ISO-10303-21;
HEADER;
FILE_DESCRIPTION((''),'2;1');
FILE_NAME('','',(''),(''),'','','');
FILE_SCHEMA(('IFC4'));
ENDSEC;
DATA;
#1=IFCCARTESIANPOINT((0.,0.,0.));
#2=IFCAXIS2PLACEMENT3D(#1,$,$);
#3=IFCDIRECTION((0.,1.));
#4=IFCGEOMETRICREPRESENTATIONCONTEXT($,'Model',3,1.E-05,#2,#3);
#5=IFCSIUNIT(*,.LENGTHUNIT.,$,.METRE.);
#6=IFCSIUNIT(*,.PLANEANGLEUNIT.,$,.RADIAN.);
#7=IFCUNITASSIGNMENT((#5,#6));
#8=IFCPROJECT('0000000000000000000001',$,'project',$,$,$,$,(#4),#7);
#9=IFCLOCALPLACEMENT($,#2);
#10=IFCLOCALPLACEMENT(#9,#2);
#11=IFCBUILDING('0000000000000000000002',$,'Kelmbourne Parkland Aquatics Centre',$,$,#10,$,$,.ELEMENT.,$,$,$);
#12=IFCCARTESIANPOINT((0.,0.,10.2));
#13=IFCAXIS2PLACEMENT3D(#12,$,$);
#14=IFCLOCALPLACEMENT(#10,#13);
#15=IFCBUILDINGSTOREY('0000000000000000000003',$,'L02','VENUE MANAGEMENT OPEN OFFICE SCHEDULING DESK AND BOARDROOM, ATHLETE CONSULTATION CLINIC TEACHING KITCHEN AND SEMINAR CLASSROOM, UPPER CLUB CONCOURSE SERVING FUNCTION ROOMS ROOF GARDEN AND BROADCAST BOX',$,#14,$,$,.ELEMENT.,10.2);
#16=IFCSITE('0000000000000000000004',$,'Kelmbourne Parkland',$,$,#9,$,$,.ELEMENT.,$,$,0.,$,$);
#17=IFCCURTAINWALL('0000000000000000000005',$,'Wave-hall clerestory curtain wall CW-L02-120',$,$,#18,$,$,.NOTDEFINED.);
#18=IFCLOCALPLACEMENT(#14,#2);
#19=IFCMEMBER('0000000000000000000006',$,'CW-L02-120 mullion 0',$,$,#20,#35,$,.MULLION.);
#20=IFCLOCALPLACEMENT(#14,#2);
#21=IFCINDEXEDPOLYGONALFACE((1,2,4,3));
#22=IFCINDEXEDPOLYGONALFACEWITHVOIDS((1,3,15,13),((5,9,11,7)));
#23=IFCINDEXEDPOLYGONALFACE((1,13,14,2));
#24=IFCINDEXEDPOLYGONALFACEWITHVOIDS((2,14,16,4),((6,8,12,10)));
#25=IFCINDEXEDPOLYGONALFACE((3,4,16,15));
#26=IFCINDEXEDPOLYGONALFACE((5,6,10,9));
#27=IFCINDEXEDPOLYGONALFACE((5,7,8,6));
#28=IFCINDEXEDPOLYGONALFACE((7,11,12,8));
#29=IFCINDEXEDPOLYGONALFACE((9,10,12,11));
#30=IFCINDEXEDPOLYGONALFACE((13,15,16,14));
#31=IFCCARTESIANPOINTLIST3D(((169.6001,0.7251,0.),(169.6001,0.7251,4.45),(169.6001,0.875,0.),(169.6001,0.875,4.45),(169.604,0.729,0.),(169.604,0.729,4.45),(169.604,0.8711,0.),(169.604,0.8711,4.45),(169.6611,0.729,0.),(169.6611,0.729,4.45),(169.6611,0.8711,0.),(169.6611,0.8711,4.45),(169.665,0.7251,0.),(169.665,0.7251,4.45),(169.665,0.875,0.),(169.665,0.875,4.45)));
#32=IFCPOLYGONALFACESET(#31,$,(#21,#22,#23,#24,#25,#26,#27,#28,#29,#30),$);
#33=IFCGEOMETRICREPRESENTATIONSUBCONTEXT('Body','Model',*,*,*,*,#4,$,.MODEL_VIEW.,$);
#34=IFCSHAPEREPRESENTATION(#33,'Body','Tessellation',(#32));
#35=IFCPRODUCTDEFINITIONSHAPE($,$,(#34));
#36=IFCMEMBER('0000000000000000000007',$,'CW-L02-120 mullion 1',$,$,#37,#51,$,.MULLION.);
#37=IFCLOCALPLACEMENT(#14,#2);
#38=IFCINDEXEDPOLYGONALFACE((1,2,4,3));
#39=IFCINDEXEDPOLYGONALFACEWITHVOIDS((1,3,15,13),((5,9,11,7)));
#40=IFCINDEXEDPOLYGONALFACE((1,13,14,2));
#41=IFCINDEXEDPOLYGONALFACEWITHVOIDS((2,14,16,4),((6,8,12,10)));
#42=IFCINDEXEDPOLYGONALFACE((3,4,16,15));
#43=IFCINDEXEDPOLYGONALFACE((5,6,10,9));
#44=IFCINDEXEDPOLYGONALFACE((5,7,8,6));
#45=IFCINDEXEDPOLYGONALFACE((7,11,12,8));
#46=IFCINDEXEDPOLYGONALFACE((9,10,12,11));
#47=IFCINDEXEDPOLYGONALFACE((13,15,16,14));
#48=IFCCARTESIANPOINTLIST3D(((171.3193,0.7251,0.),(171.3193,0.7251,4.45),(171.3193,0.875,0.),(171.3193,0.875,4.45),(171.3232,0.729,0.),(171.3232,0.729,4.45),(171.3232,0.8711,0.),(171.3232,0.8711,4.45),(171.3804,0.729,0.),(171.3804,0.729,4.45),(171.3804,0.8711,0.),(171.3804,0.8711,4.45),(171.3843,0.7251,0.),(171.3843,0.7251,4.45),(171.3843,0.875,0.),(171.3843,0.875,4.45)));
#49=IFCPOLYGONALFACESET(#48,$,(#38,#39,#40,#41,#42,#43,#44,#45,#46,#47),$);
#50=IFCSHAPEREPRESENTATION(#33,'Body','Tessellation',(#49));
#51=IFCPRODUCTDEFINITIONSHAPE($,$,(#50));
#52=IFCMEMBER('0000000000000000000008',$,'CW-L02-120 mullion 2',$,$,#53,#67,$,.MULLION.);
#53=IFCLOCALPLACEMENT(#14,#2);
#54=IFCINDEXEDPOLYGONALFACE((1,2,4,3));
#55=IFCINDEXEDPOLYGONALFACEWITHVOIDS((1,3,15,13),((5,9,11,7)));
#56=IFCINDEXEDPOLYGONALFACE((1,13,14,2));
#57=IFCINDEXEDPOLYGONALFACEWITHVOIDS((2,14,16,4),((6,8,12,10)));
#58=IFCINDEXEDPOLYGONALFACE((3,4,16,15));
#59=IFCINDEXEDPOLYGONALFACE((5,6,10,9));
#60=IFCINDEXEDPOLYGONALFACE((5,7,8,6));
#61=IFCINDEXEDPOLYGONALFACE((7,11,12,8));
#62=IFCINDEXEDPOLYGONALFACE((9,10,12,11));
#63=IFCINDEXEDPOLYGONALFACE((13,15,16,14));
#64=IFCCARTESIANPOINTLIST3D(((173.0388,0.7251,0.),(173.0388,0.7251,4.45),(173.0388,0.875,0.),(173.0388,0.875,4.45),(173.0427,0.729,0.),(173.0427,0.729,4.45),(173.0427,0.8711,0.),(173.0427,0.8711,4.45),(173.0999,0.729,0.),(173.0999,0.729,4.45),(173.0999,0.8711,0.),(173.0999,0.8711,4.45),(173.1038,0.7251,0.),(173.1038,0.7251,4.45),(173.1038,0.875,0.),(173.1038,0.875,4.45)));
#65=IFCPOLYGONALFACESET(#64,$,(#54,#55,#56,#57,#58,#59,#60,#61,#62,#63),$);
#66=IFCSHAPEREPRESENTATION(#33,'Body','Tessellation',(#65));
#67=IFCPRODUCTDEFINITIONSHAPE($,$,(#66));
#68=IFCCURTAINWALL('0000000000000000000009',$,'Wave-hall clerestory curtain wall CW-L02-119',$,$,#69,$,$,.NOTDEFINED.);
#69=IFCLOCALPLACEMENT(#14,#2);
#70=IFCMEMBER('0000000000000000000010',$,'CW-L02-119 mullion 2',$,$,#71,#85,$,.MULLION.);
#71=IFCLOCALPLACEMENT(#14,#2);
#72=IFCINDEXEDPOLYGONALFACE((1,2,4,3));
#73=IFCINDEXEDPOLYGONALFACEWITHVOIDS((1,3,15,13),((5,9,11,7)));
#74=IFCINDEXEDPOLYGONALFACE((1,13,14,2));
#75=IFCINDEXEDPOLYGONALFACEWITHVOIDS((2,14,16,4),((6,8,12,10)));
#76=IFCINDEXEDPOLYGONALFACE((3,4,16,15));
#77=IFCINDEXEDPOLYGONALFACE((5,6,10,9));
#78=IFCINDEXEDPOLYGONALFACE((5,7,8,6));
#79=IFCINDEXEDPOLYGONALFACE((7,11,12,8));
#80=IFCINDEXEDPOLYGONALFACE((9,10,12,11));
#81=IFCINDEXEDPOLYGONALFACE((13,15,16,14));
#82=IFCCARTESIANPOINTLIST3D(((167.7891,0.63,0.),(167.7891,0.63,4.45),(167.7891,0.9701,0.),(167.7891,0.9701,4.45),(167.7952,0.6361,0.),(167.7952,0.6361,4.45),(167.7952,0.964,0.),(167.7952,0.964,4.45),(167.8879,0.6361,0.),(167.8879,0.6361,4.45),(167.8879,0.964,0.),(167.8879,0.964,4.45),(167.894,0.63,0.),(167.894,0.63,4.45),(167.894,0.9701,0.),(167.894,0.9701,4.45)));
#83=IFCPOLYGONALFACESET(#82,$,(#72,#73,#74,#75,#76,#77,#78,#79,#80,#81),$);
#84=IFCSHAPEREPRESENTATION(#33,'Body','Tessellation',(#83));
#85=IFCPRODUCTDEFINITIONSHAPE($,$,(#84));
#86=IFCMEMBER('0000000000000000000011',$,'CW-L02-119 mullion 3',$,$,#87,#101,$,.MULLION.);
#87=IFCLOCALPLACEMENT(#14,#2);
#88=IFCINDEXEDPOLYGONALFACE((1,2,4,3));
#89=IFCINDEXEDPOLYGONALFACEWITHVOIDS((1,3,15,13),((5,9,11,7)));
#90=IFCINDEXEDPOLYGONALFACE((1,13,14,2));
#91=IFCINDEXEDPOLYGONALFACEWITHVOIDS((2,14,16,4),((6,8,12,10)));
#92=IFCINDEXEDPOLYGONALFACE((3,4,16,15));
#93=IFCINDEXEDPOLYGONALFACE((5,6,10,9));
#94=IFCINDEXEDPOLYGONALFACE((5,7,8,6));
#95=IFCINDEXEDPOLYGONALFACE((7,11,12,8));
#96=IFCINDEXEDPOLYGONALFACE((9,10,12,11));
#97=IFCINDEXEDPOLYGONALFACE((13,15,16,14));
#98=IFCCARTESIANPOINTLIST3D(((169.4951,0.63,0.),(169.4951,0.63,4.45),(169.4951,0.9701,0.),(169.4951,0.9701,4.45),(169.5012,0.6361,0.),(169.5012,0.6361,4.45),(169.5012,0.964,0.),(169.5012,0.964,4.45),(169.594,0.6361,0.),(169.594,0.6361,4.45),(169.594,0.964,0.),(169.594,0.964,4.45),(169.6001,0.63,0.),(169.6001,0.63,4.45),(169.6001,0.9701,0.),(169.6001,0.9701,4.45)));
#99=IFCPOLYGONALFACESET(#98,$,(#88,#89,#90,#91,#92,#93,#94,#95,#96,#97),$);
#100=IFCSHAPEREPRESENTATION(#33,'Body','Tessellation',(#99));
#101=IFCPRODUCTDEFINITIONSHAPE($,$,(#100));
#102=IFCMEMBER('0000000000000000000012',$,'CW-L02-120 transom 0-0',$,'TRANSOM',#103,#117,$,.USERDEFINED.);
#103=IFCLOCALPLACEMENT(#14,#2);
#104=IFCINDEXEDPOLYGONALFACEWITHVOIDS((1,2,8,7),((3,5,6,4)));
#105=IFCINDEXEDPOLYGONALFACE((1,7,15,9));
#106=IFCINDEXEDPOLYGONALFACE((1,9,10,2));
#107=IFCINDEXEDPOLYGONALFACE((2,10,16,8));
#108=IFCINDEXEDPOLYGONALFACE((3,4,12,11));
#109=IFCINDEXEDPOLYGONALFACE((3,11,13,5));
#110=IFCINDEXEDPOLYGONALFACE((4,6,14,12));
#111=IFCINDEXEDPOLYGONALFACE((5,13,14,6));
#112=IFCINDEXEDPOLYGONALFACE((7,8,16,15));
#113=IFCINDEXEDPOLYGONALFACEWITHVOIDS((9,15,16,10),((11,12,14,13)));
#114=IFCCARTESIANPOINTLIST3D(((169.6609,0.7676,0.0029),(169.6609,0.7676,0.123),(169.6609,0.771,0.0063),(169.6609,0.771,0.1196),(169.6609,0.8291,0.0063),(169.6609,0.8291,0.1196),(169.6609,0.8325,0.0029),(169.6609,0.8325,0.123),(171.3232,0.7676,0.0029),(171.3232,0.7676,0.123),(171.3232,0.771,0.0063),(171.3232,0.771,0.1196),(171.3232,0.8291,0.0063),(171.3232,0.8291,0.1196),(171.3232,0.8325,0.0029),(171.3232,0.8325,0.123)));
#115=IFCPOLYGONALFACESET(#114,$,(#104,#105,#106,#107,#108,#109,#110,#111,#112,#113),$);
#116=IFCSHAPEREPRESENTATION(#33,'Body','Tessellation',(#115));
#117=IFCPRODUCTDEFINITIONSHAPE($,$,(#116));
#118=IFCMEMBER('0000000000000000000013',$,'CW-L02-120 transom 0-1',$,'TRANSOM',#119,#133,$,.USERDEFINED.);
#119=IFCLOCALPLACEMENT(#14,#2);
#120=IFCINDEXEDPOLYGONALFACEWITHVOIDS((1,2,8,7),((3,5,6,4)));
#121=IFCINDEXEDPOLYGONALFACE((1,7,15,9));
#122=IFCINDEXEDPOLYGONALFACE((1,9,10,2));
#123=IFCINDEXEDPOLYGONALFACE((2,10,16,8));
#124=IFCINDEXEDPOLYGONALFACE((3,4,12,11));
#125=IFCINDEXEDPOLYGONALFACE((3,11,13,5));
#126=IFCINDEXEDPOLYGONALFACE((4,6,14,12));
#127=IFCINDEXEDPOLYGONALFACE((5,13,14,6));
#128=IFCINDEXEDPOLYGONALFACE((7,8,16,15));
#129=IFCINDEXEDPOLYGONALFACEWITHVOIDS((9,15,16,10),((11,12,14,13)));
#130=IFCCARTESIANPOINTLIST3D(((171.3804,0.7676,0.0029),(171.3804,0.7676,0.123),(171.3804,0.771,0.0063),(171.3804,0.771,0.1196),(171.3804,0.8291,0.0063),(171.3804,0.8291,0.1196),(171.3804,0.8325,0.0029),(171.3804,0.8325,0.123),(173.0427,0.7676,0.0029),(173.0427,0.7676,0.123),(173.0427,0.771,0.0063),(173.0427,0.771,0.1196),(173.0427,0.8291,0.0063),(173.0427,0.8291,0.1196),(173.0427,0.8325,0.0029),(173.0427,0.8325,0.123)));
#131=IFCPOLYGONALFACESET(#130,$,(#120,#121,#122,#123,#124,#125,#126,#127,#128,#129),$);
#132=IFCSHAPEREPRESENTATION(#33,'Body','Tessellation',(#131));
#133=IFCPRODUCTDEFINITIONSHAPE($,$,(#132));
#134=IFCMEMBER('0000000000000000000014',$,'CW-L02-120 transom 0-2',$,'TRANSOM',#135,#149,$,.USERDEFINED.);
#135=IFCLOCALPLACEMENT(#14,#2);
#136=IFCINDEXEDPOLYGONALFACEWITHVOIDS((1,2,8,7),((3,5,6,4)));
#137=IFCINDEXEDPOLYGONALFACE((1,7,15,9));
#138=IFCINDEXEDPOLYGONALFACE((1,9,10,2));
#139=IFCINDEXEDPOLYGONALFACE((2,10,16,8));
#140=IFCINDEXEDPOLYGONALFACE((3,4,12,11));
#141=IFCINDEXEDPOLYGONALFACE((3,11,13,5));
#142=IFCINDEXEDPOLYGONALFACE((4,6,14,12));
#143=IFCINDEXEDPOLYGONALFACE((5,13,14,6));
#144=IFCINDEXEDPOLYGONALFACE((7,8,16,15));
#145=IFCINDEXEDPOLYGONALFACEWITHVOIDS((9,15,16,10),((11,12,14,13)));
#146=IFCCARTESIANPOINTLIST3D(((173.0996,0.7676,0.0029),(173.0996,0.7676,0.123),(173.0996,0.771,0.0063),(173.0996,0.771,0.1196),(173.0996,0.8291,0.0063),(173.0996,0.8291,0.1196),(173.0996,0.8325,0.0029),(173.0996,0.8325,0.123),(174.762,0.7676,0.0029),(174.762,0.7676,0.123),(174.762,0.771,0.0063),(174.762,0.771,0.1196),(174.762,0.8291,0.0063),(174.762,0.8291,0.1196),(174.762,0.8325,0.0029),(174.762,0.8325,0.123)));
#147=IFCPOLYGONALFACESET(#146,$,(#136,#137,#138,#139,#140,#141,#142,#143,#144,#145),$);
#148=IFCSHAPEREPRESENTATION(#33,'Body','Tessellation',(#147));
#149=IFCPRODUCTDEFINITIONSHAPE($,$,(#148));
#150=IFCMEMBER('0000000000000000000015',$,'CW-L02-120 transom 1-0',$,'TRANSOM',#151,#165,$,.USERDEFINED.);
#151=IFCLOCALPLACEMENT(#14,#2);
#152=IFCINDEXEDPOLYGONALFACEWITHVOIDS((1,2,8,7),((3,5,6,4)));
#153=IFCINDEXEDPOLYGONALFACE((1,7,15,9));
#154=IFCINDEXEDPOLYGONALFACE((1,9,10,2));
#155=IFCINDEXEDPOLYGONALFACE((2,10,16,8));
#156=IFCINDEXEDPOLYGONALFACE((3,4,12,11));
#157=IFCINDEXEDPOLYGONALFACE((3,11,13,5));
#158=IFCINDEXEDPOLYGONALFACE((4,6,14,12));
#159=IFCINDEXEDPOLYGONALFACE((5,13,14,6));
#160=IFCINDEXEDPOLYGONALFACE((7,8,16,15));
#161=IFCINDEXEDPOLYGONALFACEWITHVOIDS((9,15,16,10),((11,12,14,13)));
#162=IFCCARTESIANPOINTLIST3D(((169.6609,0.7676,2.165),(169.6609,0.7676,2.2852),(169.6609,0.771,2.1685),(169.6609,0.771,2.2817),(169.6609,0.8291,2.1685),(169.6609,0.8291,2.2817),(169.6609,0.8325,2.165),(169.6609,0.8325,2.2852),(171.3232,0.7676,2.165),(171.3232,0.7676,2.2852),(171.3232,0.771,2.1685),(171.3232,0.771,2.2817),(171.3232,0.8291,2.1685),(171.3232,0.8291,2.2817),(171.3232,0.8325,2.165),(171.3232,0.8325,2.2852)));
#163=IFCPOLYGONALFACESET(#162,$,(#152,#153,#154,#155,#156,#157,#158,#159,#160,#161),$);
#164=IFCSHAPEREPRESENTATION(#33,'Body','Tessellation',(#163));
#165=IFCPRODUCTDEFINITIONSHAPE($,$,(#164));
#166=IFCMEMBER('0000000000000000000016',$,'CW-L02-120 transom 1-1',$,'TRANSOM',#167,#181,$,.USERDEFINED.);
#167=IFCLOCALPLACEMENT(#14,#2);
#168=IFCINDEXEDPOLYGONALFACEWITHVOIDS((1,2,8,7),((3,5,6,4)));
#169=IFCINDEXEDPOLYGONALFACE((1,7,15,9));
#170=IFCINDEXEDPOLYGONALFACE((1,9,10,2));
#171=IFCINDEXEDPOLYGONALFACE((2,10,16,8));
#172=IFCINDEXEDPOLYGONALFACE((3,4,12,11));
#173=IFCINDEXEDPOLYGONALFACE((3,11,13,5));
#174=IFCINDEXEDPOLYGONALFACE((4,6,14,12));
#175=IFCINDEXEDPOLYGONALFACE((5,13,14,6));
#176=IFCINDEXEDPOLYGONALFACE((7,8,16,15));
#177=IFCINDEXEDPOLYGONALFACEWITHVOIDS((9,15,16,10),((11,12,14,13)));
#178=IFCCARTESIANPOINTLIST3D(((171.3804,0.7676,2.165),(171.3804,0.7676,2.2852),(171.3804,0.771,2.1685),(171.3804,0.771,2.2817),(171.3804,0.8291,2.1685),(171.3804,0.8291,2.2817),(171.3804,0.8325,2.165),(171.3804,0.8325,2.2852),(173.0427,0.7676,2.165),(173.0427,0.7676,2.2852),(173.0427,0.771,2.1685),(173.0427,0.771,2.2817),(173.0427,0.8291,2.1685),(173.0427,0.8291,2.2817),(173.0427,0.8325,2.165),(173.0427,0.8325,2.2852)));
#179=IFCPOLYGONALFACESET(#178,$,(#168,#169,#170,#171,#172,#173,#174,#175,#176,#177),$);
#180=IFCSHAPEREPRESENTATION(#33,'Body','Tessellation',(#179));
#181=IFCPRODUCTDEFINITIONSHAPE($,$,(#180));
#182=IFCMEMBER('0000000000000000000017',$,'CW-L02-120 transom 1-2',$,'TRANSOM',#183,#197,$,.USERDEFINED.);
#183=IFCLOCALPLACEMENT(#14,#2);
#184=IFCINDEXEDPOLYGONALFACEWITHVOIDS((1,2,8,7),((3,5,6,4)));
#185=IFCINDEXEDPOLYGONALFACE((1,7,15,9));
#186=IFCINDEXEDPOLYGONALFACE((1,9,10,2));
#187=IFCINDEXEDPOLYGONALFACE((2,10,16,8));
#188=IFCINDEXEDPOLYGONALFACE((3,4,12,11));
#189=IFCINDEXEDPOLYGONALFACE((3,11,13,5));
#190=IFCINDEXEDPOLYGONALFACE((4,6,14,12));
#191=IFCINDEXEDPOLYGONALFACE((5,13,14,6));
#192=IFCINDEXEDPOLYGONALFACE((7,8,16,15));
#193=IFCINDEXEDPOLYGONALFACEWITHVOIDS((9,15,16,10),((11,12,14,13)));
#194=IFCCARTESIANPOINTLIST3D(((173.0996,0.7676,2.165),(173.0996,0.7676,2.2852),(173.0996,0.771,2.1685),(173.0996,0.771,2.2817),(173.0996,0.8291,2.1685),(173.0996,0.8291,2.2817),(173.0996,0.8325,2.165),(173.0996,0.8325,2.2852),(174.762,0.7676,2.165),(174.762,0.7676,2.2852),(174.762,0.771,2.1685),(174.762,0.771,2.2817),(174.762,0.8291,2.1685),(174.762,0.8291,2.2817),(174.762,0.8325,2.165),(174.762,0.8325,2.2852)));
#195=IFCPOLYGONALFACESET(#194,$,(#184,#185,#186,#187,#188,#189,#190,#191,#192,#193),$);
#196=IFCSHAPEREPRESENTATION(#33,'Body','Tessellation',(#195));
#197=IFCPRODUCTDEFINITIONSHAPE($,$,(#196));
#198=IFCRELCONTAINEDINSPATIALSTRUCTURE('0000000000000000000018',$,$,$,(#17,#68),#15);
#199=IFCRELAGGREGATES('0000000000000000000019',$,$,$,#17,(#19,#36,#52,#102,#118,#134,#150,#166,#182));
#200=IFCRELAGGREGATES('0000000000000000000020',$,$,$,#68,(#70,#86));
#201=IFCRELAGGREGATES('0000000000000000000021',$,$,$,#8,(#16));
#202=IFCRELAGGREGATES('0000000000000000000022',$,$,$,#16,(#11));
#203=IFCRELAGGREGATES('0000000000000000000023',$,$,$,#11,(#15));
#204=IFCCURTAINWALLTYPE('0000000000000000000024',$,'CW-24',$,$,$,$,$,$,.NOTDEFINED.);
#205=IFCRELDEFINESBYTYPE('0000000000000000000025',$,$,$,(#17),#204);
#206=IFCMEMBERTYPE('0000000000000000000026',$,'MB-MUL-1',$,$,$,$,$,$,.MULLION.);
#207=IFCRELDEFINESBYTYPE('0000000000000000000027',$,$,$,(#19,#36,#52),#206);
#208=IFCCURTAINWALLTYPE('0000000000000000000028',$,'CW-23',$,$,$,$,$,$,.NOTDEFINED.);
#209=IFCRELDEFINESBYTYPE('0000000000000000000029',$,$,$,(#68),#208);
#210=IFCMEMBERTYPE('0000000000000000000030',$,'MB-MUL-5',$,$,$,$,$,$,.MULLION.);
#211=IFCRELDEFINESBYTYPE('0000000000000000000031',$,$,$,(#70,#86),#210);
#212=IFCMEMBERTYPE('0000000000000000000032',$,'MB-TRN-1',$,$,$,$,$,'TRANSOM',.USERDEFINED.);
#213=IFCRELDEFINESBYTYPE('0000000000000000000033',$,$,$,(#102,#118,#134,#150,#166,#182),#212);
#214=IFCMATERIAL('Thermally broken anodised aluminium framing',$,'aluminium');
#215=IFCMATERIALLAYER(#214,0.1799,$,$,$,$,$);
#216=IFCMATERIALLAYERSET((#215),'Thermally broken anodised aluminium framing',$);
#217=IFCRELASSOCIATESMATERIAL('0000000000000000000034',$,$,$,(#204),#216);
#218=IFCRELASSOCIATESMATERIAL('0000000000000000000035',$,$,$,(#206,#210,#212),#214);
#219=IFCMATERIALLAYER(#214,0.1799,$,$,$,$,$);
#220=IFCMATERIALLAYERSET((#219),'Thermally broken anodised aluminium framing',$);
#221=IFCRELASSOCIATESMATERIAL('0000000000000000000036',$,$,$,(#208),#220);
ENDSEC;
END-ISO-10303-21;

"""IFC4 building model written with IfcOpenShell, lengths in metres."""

from ifc_helpers import new_model, si_unit, direction, frame, origin, origin_2d, place, context, subcontext, project, spatial, hollow_rectangle, extrude, material, layer, layer_set, material_profile, profile_set, type_object, element, aggregate, save


model = new_model("IFC4")

# Units and contexts
model_context = context("Model", 3, precision=1e-05, world=origin(), true_north=direction((0.0, 1.0)))
body_context = subcontext(model_context, "Body", "Model", "MODEL_VIEW")
ifc_project = project(units=[si_unit("LENGTHUNIT", "METRE"), si_unit("PLANEANGLEUNIT", "RADIAN")], contexts=[model_context])

# Site, building, storey
site_placement = place(None, origin())
site = spatial("IfcSite", under=ifc_project, at=site_placement, Name="Kelmbourne Parkland", CompositionType="ELEMENT", RefElevation=0.0)
building_placement = place(site_placement, origin())
building = spatial("IfcBuilding", under=site, at=building_placement, Name="Kelmbourne Parkland Aquatics Centre", CompositionType="ELEMENT")
storey_placement = place(building_placement, frame((0.0, 0.0, 10.2)))
storey = spatial("IfcBuildingStorey", under=building, at=storey_placement, Name="L02", Description="VENUE MANAGEMENT OPEN OFFICE SCHEDULING DESK AND BOARDROOM, ATHLETE CONSULTATION CLINIC TEACHING KITCHEN AND SEMINAR CLASSROOM, UPPER CLUB CONCOURSE SERVING FUNCTION ROOMS ROOF GARDEN AND BROADCAST BOX", CompositionType="ELEMENT", Elevation=10.2)

# Curtain walls, members
ifc_material_1 = material(Name="Thermally broken anodised aluminium framing", Category="aluminium")
ifc_layer_1 = layer(ifc_material_1, 0.1799)
ifc_layer_set_1 = layer_set([ifc_layer_1], Name="Thermally broken anodised aluminium framing")
curtain_wall_type_1 = type_object("IfcCurtainWallType", Name="CW-24", PredefinedType="NOTDEFINED", material=ifc_layer_set_1)
curtain_wall_1_placement = place(storey_placement, origin())
curtain_wall_1 = element("IfcCurtainWall", 1, at=curtain_wall_1_placement, inside=storey, type_object=curtain_wall_type_1, Name="Wave-hall clerestory curtain wall CW-L02-120", PredefinedType="NOTDEFINED")
ifc_material_profile_1 = material_profile(ifc_material_1, hollow_rectangle(XDim=0.0649, YDim=0.1499, WallThickness=0.0039, at=origin_2d()), Name="CW-M 65x150")
ifc_profile_set_1 = profile_set([ifc_material_profile_1], Name="Thermally broken anodised aluminium framing")
member_type_1 = type_object("IfcMemberType", Name="MB-MUL-1", PredefinedType="MULLION", material=ifc_profile_set_1)
member_1_placement = place(storey_placement, frame((169.6326, 0.8, 0.0), z_axis=(0.0, 0.0, 1.0), x_axis=(1.0, 0.0, 0.0)))
member_1 = element("IfcMember", 2, at=member_1_placement, type_object=member_type_1, Name="CW-L02-120 mullion 0", PredefinedType="MULLION", context=body_context, shape_type="SweptSolid", body=[
    extrude(hollow_rectangle(XDim=0.0649, YDim=0.1499, WallThickness=0.0039, at=origin_2d()), origin(), (0.0, 0.0, 1.0), 4.45),
])
member_2_placement = place(storey_placement, frame((171.3518, 0.8, 0.0), z_axis=(0.0, 0.0, 1.0), x_axis=(1.0, 0.0, 0.0)))
member_2 = element("IfcMember", 3, at=member_2_placement, type_object=member_type_1, Name="CW-L02-120 mullion 1", PredefinedType="MULLION", context=body_context, shape_type="SweptSolid", body=[
    extrude(hollow_rectangle(XDim=0.0649, YDim=0.1499, WallThickness=0.0039, at=origin_2d()), origin(), (0.0, 0.0, 1.0), 4.45),
])
member_3_placement = place(storey_placement, frame((173.0713, 0.8, 0.0), z_axis=(0.0, 0.0, 1.0), x_axis=(1.0, 0.0, 0.0)))
member_3 = element("IfcMember", 4, at=member_3_placement, type_object=member_type_1, Name="CW-L02-120 mullion 2", PredefinedType="MULLION", context=body_context, shape_type="SweptSolid", body=[
    extrude(hollow_rectangle(XDim=0.0649, YDim=0.1499, WallThickness=0.0039, at=origin_2d()), origin(), (0.0, 0.0, 1.0), 4.45),
])
ifc_layer_2 = layer(ifc_material_1, 0.1799)
ifc_layer_set_2 = layer_set([ifc_layer_2], Name="Thermally broken anodised aluminium framing")
curtain_wall_type_2 = type_object("IfcCurtainWallType", Name="CW-23", PredefinedType="NOTDEFINED", material=ifc_layer_set_2)
curtain_wall_2_placement = place(storey_placement, origin())
curtain_wall_2 = element("IfcCurtainWall", 5, at=curtain_wall_2_placement, inside=storey, type_object=curtain_wall_type_2, Name="Wave-hall clerestory curtain wall CW-L02-119", PredefinedType="NOTDEFINED")
ifc_material_profile_2 = material_profile(ifc_material_1, hollow_rectangle(XDim=0.105, YDim=0.3401, WallThickness=0.0061, at=origin_2d()), Name="CW-M 105x340")
ifc_profile_set_2 = profile_set([ifc_material_profile_2], Name="Thermally broken anodised aluminium framing")
member_type_2 = type_object("IfcMemberType", Name="MB-MUL-5", PredefinedType="MULLION", material=ifc_profile_set_2)
member_4_placement = place(storey_placement, frame((167.8416, 0.8, 0.0), z_axis=(0.0, 0.0, 1.0), x_axis=(1.0, 0.0, 0.0)))
member_4 = element("IfcMember", 6, at=member_4_placement, type_object=member_type_2, Name="CW-L02-119 mullion 2", PredefinedType="MULLION", context=body_context, shape_type="SweptSolid", body=[
    extrude(hollow_rectangle(XDim=0.105, YDim=0.3401, WallThickness=0.0061, at=origin_2d()), origin(), (0.0, 0.0, 1.0), 4.45),
])
member_5_placement = place(storey_placement, frame((169.5476, 0.8, 0.0), z_axis=(0.0, 0.0, 1.0), x_axis=(1.0, 0.0, 0.0)))
member_5 = element("IfcMember", 7, at=member_5_placement, type_object=member_type_2, Name="CW-L02-119 mullion 3", PredefinedType="MULLION", context=body_context, shape_type="SweptSolid", body=[
    extrude(hollow_rectangle(XDim=0.105, YDim=0.3401, WallThickness=0.0061, at=origin_2d()), origin(), (0.0, 0.0, 1.0), 4.45),
])

# Members
ifc_material_profile_3 = material_profile(ifc_material_1, hollow_rectangle(XDim=0.0649, YDim=0.1201, WallThickness=0.0034, at=origin_2d()), Name="CW-T 65x120")
ifc_profile_set_3 = profile_set([ifc_material_profile_3], Name="Thermally broken anodised aluminium framing")
member_type_3 = type_object("IfcMemberType", Name="MB-TRN-1", ElementType="TRANSOM", PredefinedType="USERDEFINED", material=ifc_profile_set_3)
member_6_placement = place(storey_placement, frame((169.6609, 0.8, 0.063), z_axis=(1.0, 0.0, 0.0), x_axis=(0.0, 1.0, 0.0)))
member_6 = element("IfcMember", 8, at=member_6_placement, type_object=member_type_3, Name="CW-L02-120 transom 0-0", ObjectType="TRANSOM", PredefinedType="USERDEFINED", context=body_context, shape_type="SweptSolid", body=[
    extrude(hollow_rectangle(XDim=0.0649, YDim=0.1201, WallThickness=0.0034, at=origin_2d()), origin(), (0.0, 0.0, 1.0), 1.6624),
])
member_7_placement = place(storey_placement, frame((171.3804, 0.8, 0.063), z_axis=(1.0, 0.0, 0.0), x_axis=(0.0, 1.0, 0.0)))
member_7 = element("IfcMember", 9, at=member_7_placement, type_object=member_type_3, Name="CW-L02-120 transom 0-1", ObjectType="TRANSOM", PredefinedType="USERDEFINED", context=body_context, shape_type="SweptSolid", body=[
    extrude(hollow_rectangle(XDim=0.0649, YDim=0.1201, WallThickness=0.0034, at=origin_2d()), origin(), (0.0, 0.0, 1.0), 1.6624),
])
member_8_placement = place(storey_placement, frame((173.0996, 0.8, 0.063), z_axis=(1.0, 0.0, 0.0), x_axis=(0.0, 1.0, 0.0)))
member_8 = element("IfcMember", 10, at=member_8_placement, type_object=member_type_3, Name="CW-L02-120 transom 0-2", ObjectType="TRANSOM", PredefinedType="USERDEFINED", context=body_context, shape_type="SweptSolid", body=[
    extrude(hollow_rectangle(XDim=0.0649, YDim=0.1201, WallThickness=0.0034, at=origin_2d()), origin(), (0.0, 0.0, 1.0), 1.6624),
])
member_9_placement = place(storey_placement, frame((169.6609, 0.8, 2.2251), z_axis=(1.0, 0.0, 0.0), x_axis=(0.0, 1.0, 0.0)))
member_9 = element("IfcMember", 11, at=member_9_placement, type_object=member_type_3, Name="CW-L02-120 transom 1-0", ObjectType="TRANSOM", PredefinedType="USERDEFINED", context=body_context, shape_type="SweptSolid", body=[
    extrude(hollow_rectangle(XDim=0.0649, YDim=0.1201, WallThickness=0.0034, at=origin_2d()), origin(), (0.0, 0.0, 1.0), 1.6624),
])
member_10_placement = place(storey_placement, frame((171.3804, 0.8, 2.2251), z_axis=(1.0, 0.0, 0.0), x_axis=(0.0, 1.0, 0.0)))
member_10 = element("IfcMember", 12, at=member_10_placement, type_object=member_type_3, Name="CW-L02-120 transom 1-1", ObjectType="TRANSOM", PredefinedType="USERDEFINED", context=body_context, shape_type="SweptSolid", body=[
    extrude(hollow_rectangle(XDim=0.0649, YDim=0.1201, WallThickness=0.0034, at=origin_2d()), origin(), (0.0, 0.0, 1.0), 1.6624),
])
member_11_placement = place(storey_placement, frame((173.0996, 0.8, 2.2251), z_axis=(1.0, 0.0, 0.0), x_axis=(0.0, 1.0, 0.0)))
member_11 = element("IfcMember", 13, at=member_11_placement, type_object=member_type_3, Name="CW-L02-120 transom 1-2", ObjectType="TRANSOM", PredefinedType="USERDEFINED", context=body_context, shape_type="SweptSolid", body=[
    extrude(hollow_rectangle(XDim=0.0649, YDim=0.1201, WallThickness=0.0034, at=origin_2d()), origin(), (0.0, 0.0, 1.0), 1.6624),
])

aggregate(curtain_wall_1, [member_1, member_2, member_3, member_6, member_7, member_8, member_9, member_10, member_11])
aggregate(curtain_wall_2, [member_4, member_5])

save(model, "model.ifc")
